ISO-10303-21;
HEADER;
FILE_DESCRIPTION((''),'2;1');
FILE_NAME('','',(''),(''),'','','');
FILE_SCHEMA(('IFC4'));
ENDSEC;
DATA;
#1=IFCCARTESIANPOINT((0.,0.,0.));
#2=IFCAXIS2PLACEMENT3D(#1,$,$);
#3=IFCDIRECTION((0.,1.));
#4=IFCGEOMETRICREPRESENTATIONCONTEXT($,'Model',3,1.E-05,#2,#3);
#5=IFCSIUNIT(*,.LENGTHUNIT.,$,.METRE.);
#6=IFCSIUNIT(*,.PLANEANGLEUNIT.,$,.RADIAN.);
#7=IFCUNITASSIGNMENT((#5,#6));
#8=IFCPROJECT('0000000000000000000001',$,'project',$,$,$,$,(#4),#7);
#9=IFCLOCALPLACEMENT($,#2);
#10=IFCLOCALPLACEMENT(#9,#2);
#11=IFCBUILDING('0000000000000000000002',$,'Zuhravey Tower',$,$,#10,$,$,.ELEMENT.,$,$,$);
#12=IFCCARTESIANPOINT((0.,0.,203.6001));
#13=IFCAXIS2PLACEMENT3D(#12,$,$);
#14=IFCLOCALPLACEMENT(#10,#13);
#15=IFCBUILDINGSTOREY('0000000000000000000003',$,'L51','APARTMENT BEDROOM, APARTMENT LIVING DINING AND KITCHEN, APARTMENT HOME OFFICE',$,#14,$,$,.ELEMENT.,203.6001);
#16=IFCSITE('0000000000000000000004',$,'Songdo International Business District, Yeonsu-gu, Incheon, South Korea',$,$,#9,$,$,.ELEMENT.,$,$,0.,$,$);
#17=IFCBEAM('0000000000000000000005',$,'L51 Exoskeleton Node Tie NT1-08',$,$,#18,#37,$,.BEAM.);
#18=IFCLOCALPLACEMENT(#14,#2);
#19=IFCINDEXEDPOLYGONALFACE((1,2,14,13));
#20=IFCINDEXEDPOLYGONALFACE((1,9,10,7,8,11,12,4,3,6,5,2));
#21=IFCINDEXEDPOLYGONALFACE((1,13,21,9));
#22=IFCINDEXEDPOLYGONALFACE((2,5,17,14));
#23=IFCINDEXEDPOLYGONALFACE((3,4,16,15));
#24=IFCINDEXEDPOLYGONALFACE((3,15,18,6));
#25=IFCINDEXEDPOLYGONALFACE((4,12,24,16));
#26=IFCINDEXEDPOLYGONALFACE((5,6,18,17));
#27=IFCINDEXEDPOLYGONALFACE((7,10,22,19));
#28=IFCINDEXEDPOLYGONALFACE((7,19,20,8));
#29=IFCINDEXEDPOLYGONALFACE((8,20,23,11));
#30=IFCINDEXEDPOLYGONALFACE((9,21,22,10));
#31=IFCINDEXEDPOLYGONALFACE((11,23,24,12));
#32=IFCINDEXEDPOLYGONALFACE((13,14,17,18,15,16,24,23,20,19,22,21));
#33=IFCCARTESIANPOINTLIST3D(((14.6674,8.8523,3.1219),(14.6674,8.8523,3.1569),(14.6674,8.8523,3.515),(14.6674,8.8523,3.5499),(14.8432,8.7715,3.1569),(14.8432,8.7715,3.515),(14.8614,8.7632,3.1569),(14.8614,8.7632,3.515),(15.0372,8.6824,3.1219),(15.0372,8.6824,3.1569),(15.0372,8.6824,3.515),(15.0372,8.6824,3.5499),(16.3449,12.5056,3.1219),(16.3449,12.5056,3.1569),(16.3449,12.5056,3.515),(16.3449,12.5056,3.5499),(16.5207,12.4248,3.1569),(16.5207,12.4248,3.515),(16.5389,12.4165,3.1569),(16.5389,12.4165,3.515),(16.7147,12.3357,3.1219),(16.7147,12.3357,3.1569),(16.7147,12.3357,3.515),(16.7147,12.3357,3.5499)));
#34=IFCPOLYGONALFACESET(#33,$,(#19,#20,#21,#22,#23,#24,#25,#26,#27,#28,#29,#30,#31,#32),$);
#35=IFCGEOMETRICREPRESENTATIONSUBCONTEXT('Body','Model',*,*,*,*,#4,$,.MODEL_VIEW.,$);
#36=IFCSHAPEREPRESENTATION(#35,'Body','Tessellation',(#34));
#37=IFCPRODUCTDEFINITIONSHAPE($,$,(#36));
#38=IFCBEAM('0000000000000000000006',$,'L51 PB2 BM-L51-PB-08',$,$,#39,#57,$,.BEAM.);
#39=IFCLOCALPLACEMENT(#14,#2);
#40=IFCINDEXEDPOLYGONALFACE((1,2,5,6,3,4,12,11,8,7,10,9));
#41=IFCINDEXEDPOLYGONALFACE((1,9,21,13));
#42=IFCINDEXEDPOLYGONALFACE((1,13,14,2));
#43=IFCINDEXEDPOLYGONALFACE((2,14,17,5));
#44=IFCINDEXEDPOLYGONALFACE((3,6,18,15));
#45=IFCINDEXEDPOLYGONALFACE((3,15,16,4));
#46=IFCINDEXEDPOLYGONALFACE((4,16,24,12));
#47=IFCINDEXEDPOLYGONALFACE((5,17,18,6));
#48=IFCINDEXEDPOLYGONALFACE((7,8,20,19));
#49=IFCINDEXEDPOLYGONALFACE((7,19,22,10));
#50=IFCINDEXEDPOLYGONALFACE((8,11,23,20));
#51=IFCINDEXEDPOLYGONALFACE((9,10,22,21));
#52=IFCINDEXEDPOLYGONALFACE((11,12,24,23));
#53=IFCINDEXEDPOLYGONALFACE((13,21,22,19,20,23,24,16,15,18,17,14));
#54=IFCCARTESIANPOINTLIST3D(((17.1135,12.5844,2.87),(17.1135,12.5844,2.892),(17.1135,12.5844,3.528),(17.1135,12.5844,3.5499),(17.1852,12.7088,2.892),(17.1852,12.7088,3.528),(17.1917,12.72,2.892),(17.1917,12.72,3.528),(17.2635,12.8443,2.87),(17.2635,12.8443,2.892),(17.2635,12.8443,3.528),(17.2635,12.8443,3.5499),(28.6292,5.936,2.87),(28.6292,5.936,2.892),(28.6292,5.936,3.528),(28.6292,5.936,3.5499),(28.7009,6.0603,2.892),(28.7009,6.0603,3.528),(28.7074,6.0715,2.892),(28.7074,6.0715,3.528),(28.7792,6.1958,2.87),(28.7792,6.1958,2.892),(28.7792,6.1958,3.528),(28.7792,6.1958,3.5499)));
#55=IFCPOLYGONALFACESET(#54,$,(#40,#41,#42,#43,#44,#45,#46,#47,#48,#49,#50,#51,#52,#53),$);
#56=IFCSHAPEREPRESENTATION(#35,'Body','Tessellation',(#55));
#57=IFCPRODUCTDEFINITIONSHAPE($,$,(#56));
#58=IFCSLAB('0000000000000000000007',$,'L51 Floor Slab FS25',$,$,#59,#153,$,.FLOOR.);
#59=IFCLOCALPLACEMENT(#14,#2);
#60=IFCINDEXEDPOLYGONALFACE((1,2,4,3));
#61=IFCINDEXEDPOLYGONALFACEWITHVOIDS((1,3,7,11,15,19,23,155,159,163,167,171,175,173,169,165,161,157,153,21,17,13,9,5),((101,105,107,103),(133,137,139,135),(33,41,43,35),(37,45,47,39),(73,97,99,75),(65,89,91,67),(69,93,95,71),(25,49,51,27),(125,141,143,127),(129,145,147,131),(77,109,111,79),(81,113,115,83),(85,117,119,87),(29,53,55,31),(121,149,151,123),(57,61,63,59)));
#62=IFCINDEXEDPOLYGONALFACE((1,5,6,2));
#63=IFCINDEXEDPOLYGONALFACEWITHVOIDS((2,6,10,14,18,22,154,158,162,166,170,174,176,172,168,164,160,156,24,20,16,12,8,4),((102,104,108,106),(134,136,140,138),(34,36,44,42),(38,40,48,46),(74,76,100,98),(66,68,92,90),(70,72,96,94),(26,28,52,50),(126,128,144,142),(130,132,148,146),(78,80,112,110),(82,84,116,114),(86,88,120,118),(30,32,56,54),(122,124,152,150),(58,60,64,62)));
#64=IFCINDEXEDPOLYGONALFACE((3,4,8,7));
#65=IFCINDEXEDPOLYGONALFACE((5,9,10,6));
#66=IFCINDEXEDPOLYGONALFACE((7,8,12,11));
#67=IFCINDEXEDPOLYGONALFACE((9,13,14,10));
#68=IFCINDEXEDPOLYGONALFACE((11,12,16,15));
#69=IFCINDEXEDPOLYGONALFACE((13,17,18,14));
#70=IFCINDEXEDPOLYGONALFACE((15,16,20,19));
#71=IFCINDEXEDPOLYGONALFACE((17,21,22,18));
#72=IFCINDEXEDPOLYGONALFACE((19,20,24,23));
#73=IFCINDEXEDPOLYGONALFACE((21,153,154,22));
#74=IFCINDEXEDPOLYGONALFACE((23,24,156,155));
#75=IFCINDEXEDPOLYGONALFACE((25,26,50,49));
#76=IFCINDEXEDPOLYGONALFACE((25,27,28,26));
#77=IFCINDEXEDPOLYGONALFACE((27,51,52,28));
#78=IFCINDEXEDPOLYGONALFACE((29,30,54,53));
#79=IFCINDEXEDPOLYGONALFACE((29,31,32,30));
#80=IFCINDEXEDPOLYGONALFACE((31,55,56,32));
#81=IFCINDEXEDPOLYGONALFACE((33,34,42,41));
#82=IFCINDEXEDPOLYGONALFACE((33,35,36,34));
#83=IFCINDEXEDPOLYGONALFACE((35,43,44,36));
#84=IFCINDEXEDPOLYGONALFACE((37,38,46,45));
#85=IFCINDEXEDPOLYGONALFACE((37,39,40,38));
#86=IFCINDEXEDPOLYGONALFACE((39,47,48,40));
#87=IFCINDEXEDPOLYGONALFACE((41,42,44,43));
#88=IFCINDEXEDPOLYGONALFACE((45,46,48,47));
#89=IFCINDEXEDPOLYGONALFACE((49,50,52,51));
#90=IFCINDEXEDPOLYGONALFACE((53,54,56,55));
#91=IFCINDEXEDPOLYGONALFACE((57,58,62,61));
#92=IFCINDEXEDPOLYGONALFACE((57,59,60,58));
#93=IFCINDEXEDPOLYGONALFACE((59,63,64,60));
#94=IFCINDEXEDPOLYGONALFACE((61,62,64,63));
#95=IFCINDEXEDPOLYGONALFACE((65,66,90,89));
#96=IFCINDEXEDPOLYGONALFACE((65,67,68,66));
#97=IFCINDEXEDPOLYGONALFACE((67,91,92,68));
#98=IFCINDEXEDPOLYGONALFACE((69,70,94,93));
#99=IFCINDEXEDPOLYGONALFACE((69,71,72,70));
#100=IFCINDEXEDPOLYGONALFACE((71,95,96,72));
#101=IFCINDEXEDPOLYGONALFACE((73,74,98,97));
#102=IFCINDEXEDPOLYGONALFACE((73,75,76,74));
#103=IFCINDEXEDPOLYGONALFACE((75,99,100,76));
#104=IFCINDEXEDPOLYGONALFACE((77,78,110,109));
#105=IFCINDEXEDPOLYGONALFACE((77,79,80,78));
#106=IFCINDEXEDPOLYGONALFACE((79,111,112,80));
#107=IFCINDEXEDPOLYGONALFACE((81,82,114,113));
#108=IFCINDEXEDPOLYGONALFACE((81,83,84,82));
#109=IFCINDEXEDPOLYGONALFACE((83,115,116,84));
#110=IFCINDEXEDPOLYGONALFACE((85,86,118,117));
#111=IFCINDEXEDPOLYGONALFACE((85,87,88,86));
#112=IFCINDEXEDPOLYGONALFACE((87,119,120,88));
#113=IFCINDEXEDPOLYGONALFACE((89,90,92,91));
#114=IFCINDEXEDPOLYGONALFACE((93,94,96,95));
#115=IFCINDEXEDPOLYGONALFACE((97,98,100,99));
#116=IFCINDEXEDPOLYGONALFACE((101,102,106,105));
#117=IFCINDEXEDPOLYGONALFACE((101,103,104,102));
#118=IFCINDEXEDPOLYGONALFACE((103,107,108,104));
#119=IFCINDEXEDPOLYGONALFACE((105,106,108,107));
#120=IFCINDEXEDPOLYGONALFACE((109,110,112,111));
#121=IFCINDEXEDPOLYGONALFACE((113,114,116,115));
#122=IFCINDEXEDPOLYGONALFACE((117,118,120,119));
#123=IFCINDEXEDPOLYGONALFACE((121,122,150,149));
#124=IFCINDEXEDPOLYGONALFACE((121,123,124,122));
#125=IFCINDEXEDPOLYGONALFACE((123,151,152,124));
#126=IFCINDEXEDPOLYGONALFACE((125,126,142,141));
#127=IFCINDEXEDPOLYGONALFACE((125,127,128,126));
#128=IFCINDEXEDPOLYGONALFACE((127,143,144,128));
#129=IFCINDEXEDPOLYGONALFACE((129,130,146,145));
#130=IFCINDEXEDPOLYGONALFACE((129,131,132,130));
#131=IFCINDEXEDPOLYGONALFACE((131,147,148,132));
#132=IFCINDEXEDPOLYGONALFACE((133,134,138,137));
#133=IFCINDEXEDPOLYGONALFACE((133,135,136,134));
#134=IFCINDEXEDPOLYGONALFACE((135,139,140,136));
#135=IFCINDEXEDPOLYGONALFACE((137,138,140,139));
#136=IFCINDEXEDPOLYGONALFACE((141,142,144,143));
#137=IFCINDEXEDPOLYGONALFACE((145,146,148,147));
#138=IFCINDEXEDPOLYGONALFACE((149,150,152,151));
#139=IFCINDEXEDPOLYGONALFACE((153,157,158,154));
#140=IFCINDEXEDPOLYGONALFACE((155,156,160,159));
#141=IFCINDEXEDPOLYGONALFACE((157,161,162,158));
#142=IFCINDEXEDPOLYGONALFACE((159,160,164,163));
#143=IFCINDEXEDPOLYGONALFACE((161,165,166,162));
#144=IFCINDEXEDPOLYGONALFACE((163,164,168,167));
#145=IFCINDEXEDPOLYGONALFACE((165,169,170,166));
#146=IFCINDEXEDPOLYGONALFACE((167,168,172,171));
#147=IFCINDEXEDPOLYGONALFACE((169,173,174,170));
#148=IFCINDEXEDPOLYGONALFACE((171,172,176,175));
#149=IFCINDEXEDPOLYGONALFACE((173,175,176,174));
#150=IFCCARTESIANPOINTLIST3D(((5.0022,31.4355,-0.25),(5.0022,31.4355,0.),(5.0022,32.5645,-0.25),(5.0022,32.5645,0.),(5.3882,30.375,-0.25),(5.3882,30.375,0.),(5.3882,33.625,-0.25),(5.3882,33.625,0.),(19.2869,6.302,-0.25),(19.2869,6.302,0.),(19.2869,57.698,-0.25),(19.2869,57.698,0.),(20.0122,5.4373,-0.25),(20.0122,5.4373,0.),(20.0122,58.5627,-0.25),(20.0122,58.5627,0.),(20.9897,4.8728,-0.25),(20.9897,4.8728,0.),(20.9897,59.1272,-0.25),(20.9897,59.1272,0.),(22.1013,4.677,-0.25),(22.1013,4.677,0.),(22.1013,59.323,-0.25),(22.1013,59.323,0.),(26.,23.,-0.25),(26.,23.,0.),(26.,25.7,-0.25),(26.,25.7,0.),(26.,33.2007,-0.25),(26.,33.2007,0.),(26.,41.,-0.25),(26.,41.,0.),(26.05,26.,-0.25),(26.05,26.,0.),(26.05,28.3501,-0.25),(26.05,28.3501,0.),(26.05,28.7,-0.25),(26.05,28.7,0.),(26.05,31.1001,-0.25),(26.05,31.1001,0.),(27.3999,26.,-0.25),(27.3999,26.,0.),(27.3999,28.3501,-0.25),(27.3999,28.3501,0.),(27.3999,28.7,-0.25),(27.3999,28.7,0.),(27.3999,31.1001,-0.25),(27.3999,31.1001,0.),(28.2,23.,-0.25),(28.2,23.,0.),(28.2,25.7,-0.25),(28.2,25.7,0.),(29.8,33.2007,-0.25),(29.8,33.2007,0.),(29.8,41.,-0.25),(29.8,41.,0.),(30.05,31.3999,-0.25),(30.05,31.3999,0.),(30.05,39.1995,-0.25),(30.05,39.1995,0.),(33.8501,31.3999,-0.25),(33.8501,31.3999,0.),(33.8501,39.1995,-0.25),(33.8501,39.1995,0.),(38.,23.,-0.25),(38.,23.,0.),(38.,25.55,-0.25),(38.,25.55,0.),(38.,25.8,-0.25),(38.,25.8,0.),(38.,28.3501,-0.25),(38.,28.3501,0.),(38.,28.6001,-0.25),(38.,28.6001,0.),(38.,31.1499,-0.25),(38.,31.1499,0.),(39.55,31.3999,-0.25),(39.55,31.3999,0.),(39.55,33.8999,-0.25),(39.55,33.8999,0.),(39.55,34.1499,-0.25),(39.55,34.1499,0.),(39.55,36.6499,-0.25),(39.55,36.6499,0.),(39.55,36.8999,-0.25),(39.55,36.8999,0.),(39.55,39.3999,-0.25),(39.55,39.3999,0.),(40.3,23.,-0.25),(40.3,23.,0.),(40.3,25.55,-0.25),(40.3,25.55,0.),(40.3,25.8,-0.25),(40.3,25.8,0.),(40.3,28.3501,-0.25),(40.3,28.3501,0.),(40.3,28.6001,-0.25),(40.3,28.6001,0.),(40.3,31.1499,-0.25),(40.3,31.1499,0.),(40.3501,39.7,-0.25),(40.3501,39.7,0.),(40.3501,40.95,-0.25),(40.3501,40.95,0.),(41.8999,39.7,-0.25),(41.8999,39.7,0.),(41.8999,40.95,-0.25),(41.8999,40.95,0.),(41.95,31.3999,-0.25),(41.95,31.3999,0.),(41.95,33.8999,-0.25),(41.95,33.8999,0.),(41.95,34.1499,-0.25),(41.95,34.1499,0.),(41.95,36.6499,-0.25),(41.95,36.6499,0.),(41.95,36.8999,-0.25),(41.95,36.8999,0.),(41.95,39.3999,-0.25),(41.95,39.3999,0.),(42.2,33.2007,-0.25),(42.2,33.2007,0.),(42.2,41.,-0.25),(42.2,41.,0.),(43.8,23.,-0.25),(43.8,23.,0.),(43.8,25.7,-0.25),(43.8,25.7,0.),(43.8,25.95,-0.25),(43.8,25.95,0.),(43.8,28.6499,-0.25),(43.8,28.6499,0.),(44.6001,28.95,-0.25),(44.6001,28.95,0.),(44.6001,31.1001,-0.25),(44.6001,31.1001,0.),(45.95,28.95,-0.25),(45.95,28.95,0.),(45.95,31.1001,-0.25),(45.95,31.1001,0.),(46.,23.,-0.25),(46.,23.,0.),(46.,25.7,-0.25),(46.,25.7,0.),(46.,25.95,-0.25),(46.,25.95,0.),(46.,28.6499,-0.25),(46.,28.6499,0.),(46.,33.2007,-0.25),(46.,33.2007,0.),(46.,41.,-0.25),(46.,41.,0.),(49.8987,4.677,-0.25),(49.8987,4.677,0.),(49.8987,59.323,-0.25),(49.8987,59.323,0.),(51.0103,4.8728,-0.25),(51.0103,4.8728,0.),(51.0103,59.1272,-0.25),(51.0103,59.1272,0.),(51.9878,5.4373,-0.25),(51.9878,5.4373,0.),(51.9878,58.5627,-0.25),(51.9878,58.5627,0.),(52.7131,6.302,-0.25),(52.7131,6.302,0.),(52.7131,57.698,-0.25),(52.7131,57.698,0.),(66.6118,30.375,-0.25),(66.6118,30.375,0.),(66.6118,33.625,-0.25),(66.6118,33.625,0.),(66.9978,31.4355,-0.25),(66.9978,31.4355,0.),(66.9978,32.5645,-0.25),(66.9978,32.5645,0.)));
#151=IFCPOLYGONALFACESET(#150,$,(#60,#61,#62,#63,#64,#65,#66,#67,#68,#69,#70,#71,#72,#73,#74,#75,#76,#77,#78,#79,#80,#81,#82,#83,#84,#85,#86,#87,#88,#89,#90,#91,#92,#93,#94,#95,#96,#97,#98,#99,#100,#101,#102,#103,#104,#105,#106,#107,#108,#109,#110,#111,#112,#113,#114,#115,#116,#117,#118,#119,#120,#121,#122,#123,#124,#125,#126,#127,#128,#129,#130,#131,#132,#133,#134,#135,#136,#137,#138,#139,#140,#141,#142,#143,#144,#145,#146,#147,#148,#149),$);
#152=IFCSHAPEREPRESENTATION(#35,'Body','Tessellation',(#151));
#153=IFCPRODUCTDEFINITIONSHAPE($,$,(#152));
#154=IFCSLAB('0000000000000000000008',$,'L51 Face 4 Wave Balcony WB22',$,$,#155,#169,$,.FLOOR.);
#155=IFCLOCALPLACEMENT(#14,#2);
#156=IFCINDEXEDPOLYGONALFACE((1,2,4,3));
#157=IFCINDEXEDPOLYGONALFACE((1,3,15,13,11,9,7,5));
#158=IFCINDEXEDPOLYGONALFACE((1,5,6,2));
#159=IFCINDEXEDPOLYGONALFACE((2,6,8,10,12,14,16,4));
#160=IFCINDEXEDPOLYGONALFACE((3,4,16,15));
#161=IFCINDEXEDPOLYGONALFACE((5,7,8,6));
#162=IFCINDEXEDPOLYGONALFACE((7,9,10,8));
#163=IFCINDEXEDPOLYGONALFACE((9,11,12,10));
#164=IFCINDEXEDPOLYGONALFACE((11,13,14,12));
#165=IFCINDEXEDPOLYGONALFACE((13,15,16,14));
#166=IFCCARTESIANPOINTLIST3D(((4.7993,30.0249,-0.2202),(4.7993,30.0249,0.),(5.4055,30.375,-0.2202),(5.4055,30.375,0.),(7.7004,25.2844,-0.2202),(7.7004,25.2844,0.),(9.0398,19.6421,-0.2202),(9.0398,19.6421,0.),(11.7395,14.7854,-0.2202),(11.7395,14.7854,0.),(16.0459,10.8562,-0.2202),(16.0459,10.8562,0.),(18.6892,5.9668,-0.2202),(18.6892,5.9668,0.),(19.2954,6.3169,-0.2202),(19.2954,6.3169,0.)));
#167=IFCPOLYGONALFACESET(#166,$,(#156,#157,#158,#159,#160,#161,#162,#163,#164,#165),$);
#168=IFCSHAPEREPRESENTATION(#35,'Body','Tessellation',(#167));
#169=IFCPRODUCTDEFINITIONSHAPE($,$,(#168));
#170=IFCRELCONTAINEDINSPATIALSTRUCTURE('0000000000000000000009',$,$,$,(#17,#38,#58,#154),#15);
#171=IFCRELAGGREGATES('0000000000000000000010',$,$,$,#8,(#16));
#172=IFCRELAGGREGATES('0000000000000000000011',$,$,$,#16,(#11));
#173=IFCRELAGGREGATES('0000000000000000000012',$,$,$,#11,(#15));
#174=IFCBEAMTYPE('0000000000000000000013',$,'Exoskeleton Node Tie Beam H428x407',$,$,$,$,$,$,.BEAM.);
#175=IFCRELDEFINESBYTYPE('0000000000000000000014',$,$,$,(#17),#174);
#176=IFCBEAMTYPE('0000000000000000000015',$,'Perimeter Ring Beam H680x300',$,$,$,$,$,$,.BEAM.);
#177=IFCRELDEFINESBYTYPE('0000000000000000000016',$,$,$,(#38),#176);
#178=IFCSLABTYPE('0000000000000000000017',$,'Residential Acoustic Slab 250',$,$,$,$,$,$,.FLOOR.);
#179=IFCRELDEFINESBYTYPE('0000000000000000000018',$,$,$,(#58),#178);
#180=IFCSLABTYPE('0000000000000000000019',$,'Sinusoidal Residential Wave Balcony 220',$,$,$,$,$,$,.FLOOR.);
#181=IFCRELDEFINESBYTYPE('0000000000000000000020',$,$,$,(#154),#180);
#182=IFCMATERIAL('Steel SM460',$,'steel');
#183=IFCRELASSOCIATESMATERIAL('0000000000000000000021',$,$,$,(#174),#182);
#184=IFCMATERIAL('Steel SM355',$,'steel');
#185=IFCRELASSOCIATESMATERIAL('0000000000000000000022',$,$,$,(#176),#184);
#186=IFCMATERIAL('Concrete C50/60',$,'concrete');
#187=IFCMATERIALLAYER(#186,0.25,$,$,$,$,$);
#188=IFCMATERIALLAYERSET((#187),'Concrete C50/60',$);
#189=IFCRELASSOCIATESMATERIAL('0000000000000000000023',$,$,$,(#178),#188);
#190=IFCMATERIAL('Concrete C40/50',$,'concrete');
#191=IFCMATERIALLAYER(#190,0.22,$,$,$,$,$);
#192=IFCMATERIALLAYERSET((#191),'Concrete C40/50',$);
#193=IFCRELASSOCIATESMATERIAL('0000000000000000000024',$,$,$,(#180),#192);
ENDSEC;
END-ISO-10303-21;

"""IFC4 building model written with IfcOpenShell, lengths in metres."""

from ifc_helpers import new_model, si_unit, direction, frame, origin, origin_2d, place, context, subcontext, project, spatial, polyline, i_section, outline, extrude, material, layer, layer_set, material_profile, profile_set, type_object, element, save


model = new_model("IFC4")

# Units and contexts
model_context = context("Model", 3, precision=1e-05, world=origin(), true_north=direction((0.0, 1.0)))
body_context = subcontext(model_context, "Body", "Model", "MODEL_VIEW")
ifc_project = project(units=[si_unit("LENGTHUNIT", "METRE"), si_unit("PLANEANGLEUNIT", "RADIAN")], contexts=[model_context])

# Site, building, storey
site_placement = place(None, origin())
site = spatial("IfcSite", under=ifc_project, at=site_placement, Name="Songdo International Business District, Yeonsu-gu, Incheon, South Korea", CompositionType="ELEMENT", RefElevation=0.0)
building_placement = place(site_placement, origin())
building = spatial("IfcBuilding", under=site, at=building_placement, Name="Zuhravey Tower", CompositionType="ELEMENT")
storey_placement = place(building_placement, frame((0.0, 0.0, 203.6001)))
storey = spatial("IfcBuildingStorey", under=building, at=storey_placement, Name="L51", Description="APARTMENT BEDROOM, APARTMENT LIVING DINING AND KITCHEN, APARTMENT HOME OFFICE", CompositionType="ELEMENT", Elevation=203.6001)

# Shared definitions
ifc_material_1 = material(Name="Concrete C50/60", Category="concrete")

# Beams
ifc_material_2 = material(Name="Steel SM460", Category="steel")
ifc_material_profile_1 = material_profile(ifc_material_2, i_section(OverallWidth=0.407, OverallDepth=0.428, WebThickness=0.02, FlangeThickness=0.0349, at=origin_2d()), Name="H-428x407x20x35")
ifc_profile_set_1 = profile_set([ifc_material_profile_1], Name="Steel SM460")
beam_type_1 = type_object("IfcBeamType", Name="Exoskeleton Node Tie Beam H428x407", PredefinedType="BEAM", material=ifc_profile_set_1)
beam_1_placement = place(storey_placement, frame((16.5298, 12.4207, 3.3359), z_axis=(-0.417282, -0.908777, 0.0), x_axis=(0.908777, -0.417282, 0.0)))
element("IfcBeam", 1, at=beam_1_placement, inside=storey, type_object=beam_type_1, Name="L51 Exoskeleton Node Tie NT1-08", PredefinedType="BEAM", context=body_context, shape_type="SweptSolid", body=[
    extrude(i_section(OverallWidth=0.407, OverallDepth=0.428, WebThickness=0.02, FlangeThickness=0.0349, at=origin_2d()), origin(), (0.0, 0.0, 1.0), 4.02),
])
ifc_material_3 = material(Name="Steel SM355", Category="steel")
ifc_material_profile_2 = material_profile(ifc_material_3, i_section(OverallWidth=0.3, OverallDepth=0.6799, WebThickness=0.0129, FlangeThickness=0.022, at=origin_2d()), Name="H-680x300x13x22")
ifc_profile_set_2 = profile_set([ifc_material_profile_2], Name="Steel SM355")
beam_type_2 = type_object("IfcBeamType", Name="Perimeter Ring Beam H680x300", PredefinedType="BEAM", material=ifc_profile_set_2)
beam_2_placement = place(storey_placement, frame((17.1885, 12.7144, 3.21), z_axis=(0.866029, -0.499994, 0.0), x_axis=(0.499994, 0.866029, 0.0)))
element("IfcBeam", 2, at=beam_2_placement, inside=storey, type_object=beam_type_2, Name="L51 PB2 BM-L51-PB-08", PredefinedType="BEAM", context=body_context, shape_type="SweptSolid", body=[
    extrude(i_section(OverallWidth=0.3, OverallDepth=0.6799, WebThickness=0.0129, FlangeThickness=0.022, at=origin_2d()), origin(), (0.0, 0.0, 1.0), 13.2971),
])

# Slabs
ifc_layer_1 = layer(ifc_material_1, 0.25)
ifc_layer_set_1 = layer_set([ifc_layer_1], Name="Concrete C50/60")
slab_type_1 = type_object("IfcSlabType", Name="Residential Acoustic Slab 250", PredefinedType="FLOOR", material=ifc_layer_set_1)
slab_1_placement = place(storey_placement, frame((0.0, 0.0, -0.25)))
element("IfcSlab", 3, at=slab_1_placement, inside=storey, type_object=slab_type_1, Name="L51 Floor Slab FS25", PredefinedType="FLOOR", context=body_context, shape_type="SweptSolid", body=[
    extrude(outline(polyline([(66.6118, 30.375), (66.9978, 31.4355), (66.9978, 32.5645), (66.6118, 33.625), (52.7131, 57.698), (51.9878, 58.5627), (51.0103, 59.1272), (49.8987, 59.323), (22.1013, 59.323), (20.9897, 59.1272), (20.0122, 58.5627), (19.2869, 57.698), (5.3882, 33.625), (5.0022, 32.5645), (5.0022, 31.4355), (5.3882, 30.375), (19.2869, 6.302), (20.0122, 5.4373), (20.9897, 4.8728), (22.1013, 4.677), (49.8987, 4.677), (51.0103, 4.8728), (51.9878, 5.4373), (52.7131, 6.302), (66.6118, 30.375)]), holes=[polyline([(29.8, 33.2007), (29.8, 41.0), (26.0, 41.0), (26.0, 33.2007), (29.8, 33.2007)]), polyline([(46.0, 33.2007), (46.0, 41.0), (42.2, 41.0), (42.2, 33.2007), (46.0, 33.2007)]), polyline([(30.05, 39.1995), (30.05, 31.3999), (33.8501, 31.3999), (33.8501, 39.1995), (30.05, 39.1995)]), polyline([(38.0, 23.0), (40.3, 23.0), (40.3, 25.55), (38.0, 25.55), (38.0, 23.0)]), polyline([(38.0, 25.8), (40.3, 25.8), (40.3, 28.3501), (38.0, 28.3501), (38.0, 25.8)]), polyline([(38.0, 28.6001), (40.3, 28.6001), (40.3, 31.1499), (38.0, 31.1499), (38.0, 28.6001)]), polyline([(39.55, 31.3999), (41.95, 31.3999), (41.95, 33.8999), (39.55, 33.8999), (39.55, 31.3999)]), polyline([(39.55, 34.1499), (41.95, 34.1499), (41.95, 36.6499), (39.55, 36.6499), (39.55, 34.1499)]), polyline([(39.55, 36.8999), (41.95, 36.8999), (41.95, 39.3999), (39.55, 39.3999), (39.55, 36.8999)]), polyline([(26.0, 23.0), (28.2, 23.0), (28.2, 25.7), (26.0, 25.7), (26.0, 23.0)]), polyline([(43.8, 23.0), (46.0, 23.0), (46.0, 25.7), (43.8, 25.7), (43.8, 23.0)]), polyline([(43.8, 25.95), (46.0, 25.95), (46.0, 28.6499), (43.8, 28.6499), (43.8, 25.95)]), polyline([(26.05, 26.0), (27.3999, 26.0), (27.3999, 28.3501), (26.05, 28.3501), (26.05, 26.0)]), polyline([(26.05, 28.7), (27.3999, 28.7), (27.3999, 31.1001), (26.05, 31.1001), (26.05, 28.7)]), polyline([(44.6001, 28.95), (45.95, 28.95), (45.95, 31.1001), (44.6001, 31.1001), (44.6001, 28.95)]), polyline([(40.3501, 39.7), (41.8999, 39.7), (41.8999, 40.95), (40.3501, 40.95), (40.3501, 39.7)])]), origin(), (0.0, 0.0, 1.0), 0.25),
])
ifc_material_4 = material(Name="Concrete C40/50", Category="concrete")
ifc_layer_2 = layer(ifc_material_4, 0.22)
ifc_layer_set_2 = layer_set([ifc_layer_2], Name="Concrete C40/50")
slab_type_2 = type_object("IfcSlabType", Name="Sinusoidal Residential Wave Balcony 220", PredefinedType="FLOOR", material=ifc_layer_set_2)
slab_2_placement = place(storey_placement, frame((0.0, 0.0, -0.2202)))
element("IfcSlab", 4, at=slab_2_placement, inside=storey, type_object=slab_type_2, Name="L51 Face 4 Wave Balcony WB22", PredefinedType="FLOOR", context=body_context, shape_type="SweptSolid", body=[
    extrude(outline(polyline([(5.4055, 30.375), (19.2954, 6.3169), (18.6892, 5.9668), (16.0459, 10.8562), (11.7395, 14.7854), (9.0398, 19.6421), (7.7004, 25.2844), (4.7993, 30.0249), (5.4055, 30.375)])), origin(), (0.0, 0.0, 1.0), 0.2202),
])

save(model, "model.ifc")
